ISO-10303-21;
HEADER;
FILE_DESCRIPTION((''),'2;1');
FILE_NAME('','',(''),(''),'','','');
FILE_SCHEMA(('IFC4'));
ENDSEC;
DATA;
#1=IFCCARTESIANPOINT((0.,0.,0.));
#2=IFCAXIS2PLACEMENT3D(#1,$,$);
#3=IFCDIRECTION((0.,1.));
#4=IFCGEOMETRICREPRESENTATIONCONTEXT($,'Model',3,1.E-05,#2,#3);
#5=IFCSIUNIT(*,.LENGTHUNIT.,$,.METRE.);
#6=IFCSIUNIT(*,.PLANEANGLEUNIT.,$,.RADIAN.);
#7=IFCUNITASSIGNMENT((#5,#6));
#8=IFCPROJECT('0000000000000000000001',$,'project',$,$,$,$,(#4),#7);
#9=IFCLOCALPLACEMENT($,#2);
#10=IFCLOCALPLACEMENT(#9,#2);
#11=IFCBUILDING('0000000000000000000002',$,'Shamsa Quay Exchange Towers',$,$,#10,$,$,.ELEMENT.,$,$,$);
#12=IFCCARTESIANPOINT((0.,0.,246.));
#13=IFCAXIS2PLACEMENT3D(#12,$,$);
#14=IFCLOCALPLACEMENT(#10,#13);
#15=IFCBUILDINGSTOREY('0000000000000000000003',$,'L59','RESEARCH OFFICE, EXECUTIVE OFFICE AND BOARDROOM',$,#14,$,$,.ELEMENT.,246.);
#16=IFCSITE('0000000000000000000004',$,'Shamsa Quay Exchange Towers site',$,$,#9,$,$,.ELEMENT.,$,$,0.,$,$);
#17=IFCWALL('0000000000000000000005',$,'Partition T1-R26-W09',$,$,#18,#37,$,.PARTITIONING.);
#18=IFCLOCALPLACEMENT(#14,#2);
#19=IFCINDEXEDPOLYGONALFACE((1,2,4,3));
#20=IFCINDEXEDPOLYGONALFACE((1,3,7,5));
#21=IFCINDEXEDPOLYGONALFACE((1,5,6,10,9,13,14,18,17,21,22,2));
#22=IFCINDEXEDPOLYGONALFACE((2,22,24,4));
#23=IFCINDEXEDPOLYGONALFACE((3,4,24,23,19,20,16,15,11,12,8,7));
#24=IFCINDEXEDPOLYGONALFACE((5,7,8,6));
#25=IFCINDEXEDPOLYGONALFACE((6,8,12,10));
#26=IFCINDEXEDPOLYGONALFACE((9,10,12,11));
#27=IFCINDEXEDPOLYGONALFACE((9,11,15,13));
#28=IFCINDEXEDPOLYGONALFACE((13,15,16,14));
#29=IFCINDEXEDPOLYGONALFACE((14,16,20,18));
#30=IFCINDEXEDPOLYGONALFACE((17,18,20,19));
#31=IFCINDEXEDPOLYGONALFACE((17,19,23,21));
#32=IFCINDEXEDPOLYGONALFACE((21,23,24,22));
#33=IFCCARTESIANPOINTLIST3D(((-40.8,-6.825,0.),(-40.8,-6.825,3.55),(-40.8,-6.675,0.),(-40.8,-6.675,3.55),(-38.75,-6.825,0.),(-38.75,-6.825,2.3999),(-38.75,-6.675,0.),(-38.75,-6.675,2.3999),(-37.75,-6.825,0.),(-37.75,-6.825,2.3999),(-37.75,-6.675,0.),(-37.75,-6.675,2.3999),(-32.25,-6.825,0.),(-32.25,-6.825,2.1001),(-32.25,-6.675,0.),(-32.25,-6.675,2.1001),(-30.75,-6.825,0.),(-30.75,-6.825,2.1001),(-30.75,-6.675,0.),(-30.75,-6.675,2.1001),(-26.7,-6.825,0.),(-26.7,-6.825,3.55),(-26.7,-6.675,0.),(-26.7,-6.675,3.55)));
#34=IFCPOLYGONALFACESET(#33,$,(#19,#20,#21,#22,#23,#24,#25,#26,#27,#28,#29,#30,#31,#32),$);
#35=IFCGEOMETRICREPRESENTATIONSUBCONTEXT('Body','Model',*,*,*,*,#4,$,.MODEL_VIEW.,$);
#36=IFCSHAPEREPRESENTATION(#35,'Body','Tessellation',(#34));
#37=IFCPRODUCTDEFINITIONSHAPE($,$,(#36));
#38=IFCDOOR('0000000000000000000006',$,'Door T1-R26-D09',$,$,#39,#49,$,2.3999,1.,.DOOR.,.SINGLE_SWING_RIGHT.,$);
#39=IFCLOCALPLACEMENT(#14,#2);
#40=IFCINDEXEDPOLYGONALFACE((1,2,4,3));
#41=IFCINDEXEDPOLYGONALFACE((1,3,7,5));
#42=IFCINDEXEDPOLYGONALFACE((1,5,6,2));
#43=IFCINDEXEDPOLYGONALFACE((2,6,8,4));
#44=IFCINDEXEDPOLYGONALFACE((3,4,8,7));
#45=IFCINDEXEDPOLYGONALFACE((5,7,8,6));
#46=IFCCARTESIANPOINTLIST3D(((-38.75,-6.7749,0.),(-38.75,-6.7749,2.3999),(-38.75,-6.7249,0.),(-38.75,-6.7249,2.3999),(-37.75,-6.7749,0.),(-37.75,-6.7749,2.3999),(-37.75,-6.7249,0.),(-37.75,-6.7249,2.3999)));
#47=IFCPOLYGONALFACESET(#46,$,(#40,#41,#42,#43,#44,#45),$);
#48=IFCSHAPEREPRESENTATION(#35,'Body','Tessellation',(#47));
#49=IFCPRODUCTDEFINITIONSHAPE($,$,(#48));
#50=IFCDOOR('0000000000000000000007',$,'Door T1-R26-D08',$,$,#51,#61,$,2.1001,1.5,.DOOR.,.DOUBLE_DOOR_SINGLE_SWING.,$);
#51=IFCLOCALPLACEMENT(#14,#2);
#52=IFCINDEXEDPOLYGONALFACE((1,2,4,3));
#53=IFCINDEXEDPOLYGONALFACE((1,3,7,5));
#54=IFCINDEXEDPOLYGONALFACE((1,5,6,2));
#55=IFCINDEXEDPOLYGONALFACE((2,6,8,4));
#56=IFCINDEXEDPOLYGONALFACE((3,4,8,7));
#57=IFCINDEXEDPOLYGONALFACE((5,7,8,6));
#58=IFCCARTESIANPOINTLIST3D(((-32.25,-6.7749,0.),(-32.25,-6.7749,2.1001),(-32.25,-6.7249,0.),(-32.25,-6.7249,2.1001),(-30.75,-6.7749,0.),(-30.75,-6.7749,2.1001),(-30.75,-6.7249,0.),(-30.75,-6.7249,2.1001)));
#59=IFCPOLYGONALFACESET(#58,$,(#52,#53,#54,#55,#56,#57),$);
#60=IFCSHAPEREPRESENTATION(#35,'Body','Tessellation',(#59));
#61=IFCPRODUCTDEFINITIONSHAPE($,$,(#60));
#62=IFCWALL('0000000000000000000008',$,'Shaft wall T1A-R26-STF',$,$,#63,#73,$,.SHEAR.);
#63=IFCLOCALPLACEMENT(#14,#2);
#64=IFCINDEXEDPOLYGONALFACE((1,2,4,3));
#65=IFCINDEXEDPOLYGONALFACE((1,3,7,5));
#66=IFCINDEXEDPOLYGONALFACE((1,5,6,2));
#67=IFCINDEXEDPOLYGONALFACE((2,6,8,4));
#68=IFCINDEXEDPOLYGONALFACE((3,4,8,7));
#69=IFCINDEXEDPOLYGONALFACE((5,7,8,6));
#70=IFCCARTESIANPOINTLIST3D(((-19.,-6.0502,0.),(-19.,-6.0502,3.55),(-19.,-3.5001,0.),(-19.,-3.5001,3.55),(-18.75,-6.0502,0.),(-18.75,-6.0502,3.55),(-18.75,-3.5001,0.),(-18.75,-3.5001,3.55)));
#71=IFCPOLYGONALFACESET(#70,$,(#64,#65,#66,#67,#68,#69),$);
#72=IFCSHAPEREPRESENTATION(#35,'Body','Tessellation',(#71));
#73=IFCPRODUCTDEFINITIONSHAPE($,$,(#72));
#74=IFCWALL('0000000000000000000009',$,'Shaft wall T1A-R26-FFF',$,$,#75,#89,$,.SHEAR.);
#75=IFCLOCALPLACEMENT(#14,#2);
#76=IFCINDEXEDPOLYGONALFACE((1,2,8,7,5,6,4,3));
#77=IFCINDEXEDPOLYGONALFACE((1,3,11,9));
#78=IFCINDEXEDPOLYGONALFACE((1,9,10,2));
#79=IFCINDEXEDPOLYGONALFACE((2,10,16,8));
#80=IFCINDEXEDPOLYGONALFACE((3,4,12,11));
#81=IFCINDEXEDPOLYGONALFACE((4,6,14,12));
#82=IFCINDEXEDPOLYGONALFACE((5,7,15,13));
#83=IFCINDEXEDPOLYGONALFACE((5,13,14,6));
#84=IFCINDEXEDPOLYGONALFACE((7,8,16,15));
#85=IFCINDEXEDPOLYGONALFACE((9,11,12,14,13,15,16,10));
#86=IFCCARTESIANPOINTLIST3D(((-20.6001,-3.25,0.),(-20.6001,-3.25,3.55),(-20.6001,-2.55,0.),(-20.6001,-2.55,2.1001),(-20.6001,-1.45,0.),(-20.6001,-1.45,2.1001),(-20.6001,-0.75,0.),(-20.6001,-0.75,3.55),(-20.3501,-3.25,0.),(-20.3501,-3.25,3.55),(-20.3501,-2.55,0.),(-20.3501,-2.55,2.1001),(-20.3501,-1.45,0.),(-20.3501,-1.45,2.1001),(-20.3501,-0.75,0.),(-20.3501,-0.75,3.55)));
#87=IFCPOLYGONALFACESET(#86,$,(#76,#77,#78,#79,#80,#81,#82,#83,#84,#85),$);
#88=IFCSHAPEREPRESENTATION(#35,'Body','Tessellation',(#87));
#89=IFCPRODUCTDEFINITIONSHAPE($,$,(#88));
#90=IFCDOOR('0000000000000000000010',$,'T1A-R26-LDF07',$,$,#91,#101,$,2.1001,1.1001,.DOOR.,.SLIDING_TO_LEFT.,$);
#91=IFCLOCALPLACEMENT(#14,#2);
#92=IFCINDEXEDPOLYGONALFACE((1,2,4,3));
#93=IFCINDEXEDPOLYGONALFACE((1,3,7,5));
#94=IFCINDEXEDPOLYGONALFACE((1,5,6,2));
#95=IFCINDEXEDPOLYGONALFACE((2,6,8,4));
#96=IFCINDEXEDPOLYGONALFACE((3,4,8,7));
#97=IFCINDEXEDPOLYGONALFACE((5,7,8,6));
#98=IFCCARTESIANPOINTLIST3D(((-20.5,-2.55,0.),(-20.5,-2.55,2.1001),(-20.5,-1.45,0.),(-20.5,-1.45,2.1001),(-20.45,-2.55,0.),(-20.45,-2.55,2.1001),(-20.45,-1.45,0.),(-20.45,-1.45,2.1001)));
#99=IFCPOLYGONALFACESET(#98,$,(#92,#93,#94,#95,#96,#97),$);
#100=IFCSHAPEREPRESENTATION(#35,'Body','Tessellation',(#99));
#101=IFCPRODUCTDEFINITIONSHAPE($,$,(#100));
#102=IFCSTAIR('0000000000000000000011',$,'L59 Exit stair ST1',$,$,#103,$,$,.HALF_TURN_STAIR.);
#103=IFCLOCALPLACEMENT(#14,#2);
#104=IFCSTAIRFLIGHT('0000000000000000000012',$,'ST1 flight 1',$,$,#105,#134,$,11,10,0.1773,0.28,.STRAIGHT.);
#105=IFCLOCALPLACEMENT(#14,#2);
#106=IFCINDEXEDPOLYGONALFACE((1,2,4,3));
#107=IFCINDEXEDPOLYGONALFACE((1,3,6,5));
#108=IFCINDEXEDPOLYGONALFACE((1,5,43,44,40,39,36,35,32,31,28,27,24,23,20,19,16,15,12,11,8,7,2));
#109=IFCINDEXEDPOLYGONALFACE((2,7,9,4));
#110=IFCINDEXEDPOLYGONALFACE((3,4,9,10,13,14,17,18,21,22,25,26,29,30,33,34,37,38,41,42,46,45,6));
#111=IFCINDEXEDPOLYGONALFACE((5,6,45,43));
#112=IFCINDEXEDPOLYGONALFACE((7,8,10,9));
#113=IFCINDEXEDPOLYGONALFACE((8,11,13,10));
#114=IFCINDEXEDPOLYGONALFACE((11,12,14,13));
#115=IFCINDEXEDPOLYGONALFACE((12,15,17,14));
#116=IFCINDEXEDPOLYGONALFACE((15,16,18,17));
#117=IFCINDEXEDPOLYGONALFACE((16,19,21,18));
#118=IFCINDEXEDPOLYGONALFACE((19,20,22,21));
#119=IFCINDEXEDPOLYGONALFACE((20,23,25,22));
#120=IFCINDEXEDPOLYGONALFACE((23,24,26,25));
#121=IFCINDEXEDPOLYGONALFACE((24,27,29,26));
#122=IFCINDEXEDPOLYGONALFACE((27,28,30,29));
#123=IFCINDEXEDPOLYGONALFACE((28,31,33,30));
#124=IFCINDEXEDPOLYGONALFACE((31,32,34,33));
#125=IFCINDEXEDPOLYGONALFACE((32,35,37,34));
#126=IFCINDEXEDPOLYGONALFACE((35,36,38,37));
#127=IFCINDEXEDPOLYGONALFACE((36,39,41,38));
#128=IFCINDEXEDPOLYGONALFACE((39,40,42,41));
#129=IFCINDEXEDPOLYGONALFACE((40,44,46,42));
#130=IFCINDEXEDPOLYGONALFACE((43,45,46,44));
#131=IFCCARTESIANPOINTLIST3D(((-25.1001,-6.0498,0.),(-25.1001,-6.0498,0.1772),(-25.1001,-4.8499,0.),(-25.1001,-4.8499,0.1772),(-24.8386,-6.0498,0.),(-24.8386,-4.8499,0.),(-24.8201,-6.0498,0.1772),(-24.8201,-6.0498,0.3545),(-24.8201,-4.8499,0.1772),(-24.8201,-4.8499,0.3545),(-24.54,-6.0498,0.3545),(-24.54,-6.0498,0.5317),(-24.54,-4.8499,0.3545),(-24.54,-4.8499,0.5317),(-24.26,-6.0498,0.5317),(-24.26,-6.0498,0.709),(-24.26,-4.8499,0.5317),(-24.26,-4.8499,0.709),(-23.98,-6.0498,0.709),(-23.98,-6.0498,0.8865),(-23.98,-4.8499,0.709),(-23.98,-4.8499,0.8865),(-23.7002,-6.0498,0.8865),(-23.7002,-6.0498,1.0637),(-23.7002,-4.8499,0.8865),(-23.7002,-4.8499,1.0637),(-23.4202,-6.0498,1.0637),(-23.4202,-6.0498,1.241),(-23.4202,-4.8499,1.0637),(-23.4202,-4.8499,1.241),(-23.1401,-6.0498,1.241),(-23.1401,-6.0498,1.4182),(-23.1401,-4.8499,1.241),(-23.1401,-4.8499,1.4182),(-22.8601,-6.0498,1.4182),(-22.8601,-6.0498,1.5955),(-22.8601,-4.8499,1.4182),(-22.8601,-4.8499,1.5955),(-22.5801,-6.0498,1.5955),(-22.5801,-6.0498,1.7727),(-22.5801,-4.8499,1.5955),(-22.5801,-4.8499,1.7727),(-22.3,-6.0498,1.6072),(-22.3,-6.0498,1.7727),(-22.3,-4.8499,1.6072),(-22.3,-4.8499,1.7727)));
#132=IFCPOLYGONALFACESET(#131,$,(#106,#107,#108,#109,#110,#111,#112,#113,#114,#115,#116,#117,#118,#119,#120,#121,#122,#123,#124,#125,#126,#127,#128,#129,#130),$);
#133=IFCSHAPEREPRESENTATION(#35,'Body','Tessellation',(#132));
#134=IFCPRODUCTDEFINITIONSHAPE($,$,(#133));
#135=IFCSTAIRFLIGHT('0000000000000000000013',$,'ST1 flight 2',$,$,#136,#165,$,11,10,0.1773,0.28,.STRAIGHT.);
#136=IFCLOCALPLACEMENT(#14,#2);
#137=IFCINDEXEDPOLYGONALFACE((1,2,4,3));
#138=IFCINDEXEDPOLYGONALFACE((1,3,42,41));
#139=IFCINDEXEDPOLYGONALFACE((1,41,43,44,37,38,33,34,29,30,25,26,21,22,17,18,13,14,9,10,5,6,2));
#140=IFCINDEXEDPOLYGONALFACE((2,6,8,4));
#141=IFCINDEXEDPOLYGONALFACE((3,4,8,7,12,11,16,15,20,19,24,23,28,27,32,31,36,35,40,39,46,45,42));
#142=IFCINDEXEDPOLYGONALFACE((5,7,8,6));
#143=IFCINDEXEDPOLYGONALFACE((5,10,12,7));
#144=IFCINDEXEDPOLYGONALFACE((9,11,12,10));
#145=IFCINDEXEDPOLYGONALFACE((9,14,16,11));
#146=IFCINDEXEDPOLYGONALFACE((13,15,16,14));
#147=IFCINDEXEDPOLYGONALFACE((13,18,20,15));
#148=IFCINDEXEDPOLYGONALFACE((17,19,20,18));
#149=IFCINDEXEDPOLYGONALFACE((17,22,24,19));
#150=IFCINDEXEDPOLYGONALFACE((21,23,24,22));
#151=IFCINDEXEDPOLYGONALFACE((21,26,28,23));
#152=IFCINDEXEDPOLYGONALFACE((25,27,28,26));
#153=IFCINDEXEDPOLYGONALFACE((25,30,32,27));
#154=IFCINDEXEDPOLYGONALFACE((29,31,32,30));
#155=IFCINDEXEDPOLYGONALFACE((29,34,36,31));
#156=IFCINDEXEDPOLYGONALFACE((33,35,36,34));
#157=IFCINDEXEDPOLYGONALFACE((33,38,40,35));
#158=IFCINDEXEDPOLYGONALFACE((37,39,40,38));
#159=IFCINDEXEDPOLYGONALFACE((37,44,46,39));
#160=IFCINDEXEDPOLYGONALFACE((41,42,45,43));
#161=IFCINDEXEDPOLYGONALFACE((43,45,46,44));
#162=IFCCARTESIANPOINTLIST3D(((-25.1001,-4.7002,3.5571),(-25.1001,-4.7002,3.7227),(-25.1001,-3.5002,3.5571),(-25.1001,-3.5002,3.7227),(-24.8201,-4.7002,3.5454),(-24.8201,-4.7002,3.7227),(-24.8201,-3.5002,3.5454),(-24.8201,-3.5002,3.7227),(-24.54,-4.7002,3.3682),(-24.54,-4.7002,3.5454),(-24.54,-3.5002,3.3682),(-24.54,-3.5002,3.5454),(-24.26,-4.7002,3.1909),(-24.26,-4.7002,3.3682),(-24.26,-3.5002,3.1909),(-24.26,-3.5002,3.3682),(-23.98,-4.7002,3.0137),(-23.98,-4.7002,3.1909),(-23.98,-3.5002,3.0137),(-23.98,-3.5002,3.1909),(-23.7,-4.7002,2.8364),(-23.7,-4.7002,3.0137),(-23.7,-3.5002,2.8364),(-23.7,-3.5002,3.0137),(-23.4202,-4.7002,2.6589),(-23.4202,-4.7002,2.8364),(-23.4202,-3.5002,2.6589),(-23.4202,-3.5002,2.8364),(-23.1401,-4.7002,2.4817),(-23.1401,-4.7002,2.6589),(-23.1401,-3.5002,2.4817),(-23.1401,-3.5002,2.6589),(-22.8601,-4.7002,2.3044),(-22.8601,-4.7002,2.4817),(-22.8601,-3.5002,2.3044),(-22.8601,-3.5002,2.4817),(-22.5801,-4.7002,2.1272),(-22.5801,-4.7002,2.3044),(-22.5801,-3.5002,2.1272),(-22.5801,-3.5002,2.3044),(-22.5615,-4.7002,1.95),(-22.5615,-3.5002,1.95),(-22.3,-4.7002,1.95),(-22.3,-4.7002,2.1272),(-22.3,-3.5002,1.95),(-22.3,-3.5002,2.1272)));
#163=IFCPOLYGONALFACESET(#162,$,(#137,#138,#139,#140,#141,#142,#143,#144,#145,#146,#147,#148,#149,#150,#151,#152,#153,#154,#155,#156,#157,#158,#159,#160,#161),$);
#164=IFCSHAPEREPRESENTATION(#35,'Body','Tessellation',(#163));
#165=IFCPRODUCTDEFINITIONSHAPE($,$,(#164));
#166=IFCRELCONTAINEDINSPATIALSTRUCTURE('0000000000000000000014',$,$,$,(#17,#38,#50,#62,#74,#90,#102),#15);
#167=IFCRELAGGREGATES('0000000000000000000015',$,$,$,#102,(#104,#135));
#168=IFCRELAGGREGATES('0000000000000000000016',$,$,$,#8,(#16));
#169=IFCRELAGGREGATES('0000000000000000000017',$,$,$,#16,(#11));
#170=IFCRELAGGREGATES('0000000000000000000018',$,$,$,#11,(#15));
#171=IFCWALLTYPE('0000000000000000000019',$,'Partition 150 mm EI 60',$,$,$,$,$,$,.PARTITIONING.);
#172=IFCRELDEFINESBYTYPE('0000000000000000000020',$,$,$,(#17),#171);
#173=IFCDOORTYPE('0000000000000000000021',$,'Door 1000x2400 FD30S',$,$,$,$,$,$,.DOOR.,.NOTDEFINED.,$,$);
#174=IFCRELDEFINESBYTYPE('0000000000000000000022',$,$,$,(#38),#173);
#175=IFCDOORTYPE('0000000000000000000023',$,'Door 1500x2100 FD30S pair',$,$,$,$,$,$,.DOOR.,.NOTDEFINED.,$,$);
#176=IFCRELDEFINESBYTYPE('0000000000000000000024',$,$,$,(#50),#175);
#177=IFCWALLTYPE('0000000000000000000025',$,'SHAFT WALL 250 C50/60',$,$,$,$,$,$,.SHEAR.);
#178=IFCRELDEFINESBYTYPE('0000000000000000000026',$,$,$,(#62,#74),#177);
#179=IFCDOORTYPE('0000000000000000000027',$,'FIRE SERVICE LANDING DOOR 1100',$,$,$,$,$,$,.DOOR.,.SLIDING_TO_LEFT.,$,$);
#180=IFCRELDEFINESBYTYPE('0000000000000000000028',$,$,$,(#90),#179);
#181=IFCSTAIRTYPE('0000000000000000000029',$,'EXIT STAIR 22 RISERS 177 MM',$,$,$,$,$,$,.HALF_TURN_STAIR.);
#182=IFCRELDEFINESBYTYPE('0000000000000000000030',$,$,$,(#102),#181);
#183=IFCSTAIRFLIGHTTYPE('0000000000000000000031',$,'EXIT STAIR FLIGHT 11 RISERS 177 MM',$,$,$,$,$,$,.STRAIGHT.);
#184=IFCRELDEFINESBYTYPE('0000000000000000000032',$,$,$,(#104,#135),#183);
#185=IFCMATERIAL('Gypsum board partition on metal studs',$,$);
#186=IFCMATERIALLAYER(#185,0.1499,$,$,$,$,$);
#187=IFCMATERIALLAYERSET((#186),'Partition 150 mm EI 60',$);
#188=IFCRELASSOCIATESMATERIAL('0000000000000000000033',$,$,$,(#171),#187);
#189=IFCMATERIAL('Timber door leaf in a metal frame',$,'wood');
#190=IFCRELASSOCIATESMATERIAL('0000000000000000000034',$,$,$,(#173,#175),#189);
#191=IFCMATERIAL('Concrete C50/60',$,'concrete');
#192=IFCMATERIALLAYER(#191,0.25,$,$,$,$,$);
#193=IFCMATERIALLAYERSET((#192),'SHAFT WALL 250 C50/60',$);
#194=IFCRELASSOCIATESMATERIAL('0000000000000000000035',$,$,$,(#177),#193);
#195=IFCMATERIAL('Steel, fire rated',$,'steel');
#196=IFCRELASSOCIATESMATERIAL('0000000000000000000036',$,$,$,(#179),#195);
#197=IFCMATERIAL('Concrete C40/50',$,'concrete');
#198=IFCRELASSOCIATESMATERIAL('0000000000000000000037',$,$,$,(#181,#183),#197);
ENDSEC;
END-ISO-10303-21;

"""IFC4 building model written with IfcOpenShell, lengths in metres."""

from ifc_helpers import new_model, si_unit, direction, frame, frame_2d, origin, place, context, subcontext, project, spatial, polyline, rectangle, outline, extrude, material, layer, layer_set, type_object, element, fill, aggregate, save


model = new_model("IFC4")

# Units and contexts
model_context = context("Model", 3, precision=1e-05, world=origin(), true_north=direction((0.0, 1.0)))
body_context = subcontext(model_context, "Body", "Model", "MODEL_VIEW")
ifc_project = project(units=[si_unit("LENGTHUNIT", "METRE"), si_unit("PLANEANGLEUNIT", "RADIAN")], contexts=[model_context])

# Site, building, storey
site_placement = place(None, origin())
site = spatial("IfcSite", under=ifc_project, at=site_placement, Name="Shamsa Quay Exchange Towers site", CompositionType="ELEMENT", RefElevation=0.0)
building_placement = place(site_placement, origin())
building = spatial("IfcBuilding", under=site, at=building_placement, Name="Shamsa Quay Exchange Towers", CompositionType="ELEMENT")
storey_placement = place(building_placement, frame((0.0, 0.0, 246.0)))
storey = spatial("IfcBuildingStorey", under=building, at=storey_placement, Name="L59", Description="RESEARCH OFFICE, EXECUTIVE OFFICE AND BOARDROOM", CompositionType="ELEMENT", Elevation=246.0)

# Wall, openings, doors
ifc_material_1 = material(Name="Gypsum board partition on metal studs")
ifc_layer_1 = layer(ifc_material_1, 0.1499)
ifc_layer_set_1 = layer_set([ifc_layer_1], Name="Partition 150 mm EI 60")
wall_type_1 = type_object("IfcWallType", Name="Partition 150 mm EI 60", PredefinedType="PARTITIONING", material=ifc_layer_set_1)
wall_1_placement = place(storey_placement, frame((-26.7, -6.75, 0.0), z_axis=(0.0, 0.0, 1.0), x_axis=(-1.0, 0.0, 0.0)))
wall_1 = element("IfcWall", 1, at=wall_1_placement, inside=storey, type_object=wall_type_1, Name="Partition T1-R26-W09", PredefinedType="PARTITIONING", context=body_context, shape_type="SweptSolid", body=[
    extrude(rectangle(XDim=14.1001, YDim=0.1499, at=frame_2d((7.05, 0.0))), origin(), (0.0, 0.0, 1.0), 3.55),
])
opening_1_placement = place(wall_1_placement, frame((4.05, 0.0, 0.0)))
opening_1 = element("IfcOpeningElement", 2, at=opening_1_placement, cuts=wall_1, PredefinedType="OPENING", context=body_context, shape_type="SweptSolid", body=[
    extrude(rectangle(XDim=1.5, YDim=2.1001, at=frame_2d((0.75, 1.05))), frame((0.0, 0.085, 0.0), z_axis=(0.0, -1.0, 0.0), x_axis=(1.0, 0.0, 0.0)), (0.0, 0.0, 1.0), 0.1699),
])
opening_2_placement = place(wall_1_placement, frame((11.05, 0.0, 0.0)))
opening_2 = element("IfcOpeningElement", 3, at=opening_2_placement, cuts=wall_1, PredefinedType="OPENING", context=body_context, shape_type="SweptSolid", body=[
    extrude(rectangle(XDim=1.0, YDim=2.3999, at=frame_2d((0.5, 1.2))), frame((0.0, 0.085, 0.0), z_axis=(0.0, -1.0, 0.0), x_axis=(1.0, 0.0, 0.0)), (0.0, 0.0, 1.0), 0.1699),
])
ifc_material_2 = material(Name="Timber door leaf in a metal frame", Category="wood")
door_type_1 = type_object("IfcDoorType", Name="Door 1000x2400 FD30S", OperationType="NOTDEFINED", PredefinedType="DOOR", material=ifc_material_2)
door_1_placement = place(opening_2_placement, origin())
door_1 = element("IfcDoor", 4, at=door_1_placement, inside=storey, type_object=door_type_1, Name="Door T1-R26-D09", OperationType="SINGLE_SWING_RIGHT", OverallHeight=2.3999, OverallWidth=1.0, PredefinedType="DOOR", context=body_context, shape_type="SweptSolid", body=[
    extrude(rectangle(XDim=1.0, YDim=2.3999, at=frame_2d((0.5, 1.2))), frame((0.0, 0.0249, 0.0), z_axis=(0.0, -1.0, 0.0), x_axis=(1.0, 0.0, 0.0)), (0.0, 0.0, 1.0), 0.05),
])
fill(opening_2, door_1)
door_type_2 = type_object("IfcDoorType", Name="Door 1500x2100 FD30S pair", OperationType="NOTDEFINED", PredefinedType="DOOR", material=ifc_material_2)
door_2_placement = place(opening_1_placement, origin())
door_2 = element("IfcDoor", 5, at=door_2_placement, inside=storey, type_object=door_type_2, Name="Door T1-R26-D08", OperationType="DOUBLE_DOOR_SINGLE_SWING", OverallHeight=2.1001, OverallWidth=1.5, PredefinedType="DOOR", context=body_context, shape_type="SweptSolid", body=[
    extrude(rectangle(XDim=1.5, YDim=2.1001, at=frame_2d((0.75, 1.05))), frame((0.0, 0.0249, 0.0), z_axis=(0.0, -1.0, 0.0), x_axis=(1.0, 0.0, 0.0)), (0.0, 0.0, 1.0), 0.05),
])
fill(opening_1, door_2)

# Wall
ifc_material_3 = material(Name="Concrete C50/60", Category="concrete")
ifc_layer_2 = layer(ifc_material_3, 0.25)
ifc_layer_set_2 = layer_set([ifc_layer_2], Name="SHAFT WALL 250 C50/60")
wall_type_2 = type_object("IfcWallType", Name="SHAFT WALL 250 C50/60", PredefinedType="SHEAR", material=ifc_layer_set_2)
wall_2_placement = place(storey_placement, frame((-18.875, -6.05, 0.0), z_axis=(0.0, 0.0, 1.0), x_axis=(0.0, 1.0, 0.0)))
element("IfcWall", 6, at=wall_2_placement, inside=storey, type_object=wall_type_2, Name="Shaft wall T1A-R26-STF", PredefinedType="SHEAR", context=body_context, shape_type="SweptSolid", body=[
    extrude(rectangle(XDim=2.55, YDim=0.25, at=frame_2d((1.2749, 0.0))), origin(), (0.0, 0.0, 1.0), 3.55),
])

# Wall, opening, door
wall_3_placement = place(storey_placement, frame((-20.4751, -3.25, 0.0), z_axis=(0.0, 0.0, 1.0), x_axis=(0.0, 1.0, 0.0)))
wall_3 = element("IfcWall", 7, at=wall_3_placement, inside=storey, type_object=wall_type_2, Name="Shaft wall T1A-R26-FFF", PredefinedType="SHEAR", context=body_context, shape_type="SweptSolid", body=[
    extrude(rectangle(XDim=2.5, YDim=0.25, at=frame_2d((1.25, 0.0))), origin(), (0.0, 0.0, 1.0), 3.55),
])
opening_3_placement = place(wall_3_placement, frame((0.7, 0.0, 0.0)))
opening_3 = element("IfcOpeningElement", 8, at=opening_3_placement, cuts=wall_3, PredefinedType="OPENING", context=body_context, shape_type="SweptSolid", body=[
    extrude(rectangle(XDim=1.1001, YDim=2.1001, at=frame_2d((0.55, 1.05))), frame((0.0, 0.135, 0.0), z_axis=(0.0, -1.0, 0.0), x_axis=(1.0, 0.0, 0.0)), (0.0, 0.0, 1.0), 0.27),
])
ifc_material_4 = material(Name="Steel, fire rated", Category="steel")
door_type_3 = type_object("IfcDoorType", Name="FIRE SERVICE LANDING DOOR 1100", OperationType="SLIDING_TO_LEFT", PredefinedType="DOOR", material=ifc_material_4)
door_3_placement = place(opening_3_placement, origin())
door_3 = element("IfcDoor", 9, at=door_3_placement, inside=storey, type_object=door_type_3, Name="T1A-R26-LDF07", OperationType="SLIDING_TO_LEFT", OverallHeight=2.1001, OverallWidth=1.1001, PredefinedType="DOOR", context=body_context, shape_type="SweptSolid", body=[
    extrude(rectangle(XDim=1.1001, YDim=2.1001, at=frame_2d((0.55, 1.05))), frame((0.0, 0.0249, 0.0), z_axis=(0.0, -1.0, 0.0), x_axis=(1.0, 0.0, 0.0)), (0.0, 0.0, 1.0), 0.05),
])
fill(opening_3, door_3)

# Stair, stair flights
ifc_material_5 = material(Name="Concrete C40/50", Category="concrete")
stair_type = type_object("IfcStairType", Name="EXIT STAIR 22 RISERS 177 MM", PredefinedType="HALF_TURN_STAIR", material=ifc_material_5)
stair_placement = place(storey_placement, origin())
stair = element("IfcStair", 10, at=stair_placement, inside=storey, type_object=stair_type, Name="L59 Exit stair ST1", PredefinedType="HALF_TURN_STAIR")
stair_flight_type = type_object("IfcStairFlightType", Name="EXIT STAIR FLIGHT 11 RISERS 177 MM", PredefinedType="STRAIGHT", material=ifc_material_5)
stair_flight_1_placement = place(storey_placement, frame((-25.1001, -5.45, 0.0)))
stair_flight_1 = element("IfcStairFlight", 11, at=stair_flight_1_placement, type_object=stair_flight_type, Name="ST1 flight 1", NumberOfRisers=11, NumberOfTreads=10, PredefinedType="STRAIGHT", RiserHeight=0.1773, TreadLength=0.28, context=body_context, shape_type="SweptSolid", body=[
    extrude(outline(polyline([(0.0, 0.0), (0.0, 0.1772), (0.28, 0.1772), (0.28, 0.3545), (0.5601, 0.3545), (0.5601, 0.5317), (0.8401, 0.5317), (0.8401, 0.709), (1.1201, 0.709), (1.1201, 0.8865), (1.3999, 0.8865), (1.3999, 1.0637), (1.6799, 1.0637), (1.6799, 1.241), (1.96, 1.241), (1.96, 1.4182), (2.24, 1.4182), (2.24, 1.5955), (2.52, 1.5955), (2.52, 1.7727), (2.8, 1.7727), (2.8, 1.95), (2.8, 1.6072), (0.2615, 0.0), (0.0, 0.0)])), frame((0.0, 0.6001, 0.0), z_axis=(0.0, -1.0, 0.0), x_axis=(1.0, 0.0, 0.0)), (0.0, 0.0, 1.0), 1.2),
])
stair_flight_2_placement = place(storey_placement, frame((-22.3, -4.1001, 1.95), z_axis=(0.0, 0.0, 1.0), x_axis=(-1.0, 0.0, 0.0)))
stair_flight_2 = element("IfcStairFlight", 12, at=stair_flight_2_placement, type_object=stair_flight_type, Name="ST1 flight 2", NumberOfRisers=11, NumberOfTreads=10, PredefinedType="STRAIGHT", RiserHeight=0.1773, TreadLength=0.28, context=body_context, shape_type="SweptSolid", body=[
    extrude(outline(polyline([(0.0, 0.0), (0.0, 0.1772), (0.28, 0.1772), (0.28, 0.3545), (0.5601, 0.3545), (0.5601, 0.5317), (0.8401, 0.5317), (0.8401, 0.709), (1.1201, 0.709), (1.1201, 0.8865), (1.3999, 0.8865), (1.3999, 1.0637), (1.6799, 1.0637), (1.6799, 1.241), (1.96, 1.241), (1.96, 1.4182), (2.24, 1.4182), (2.24, 1.5955), (2.52, 1.5955), (2.52, 1.7727), (2.8, 1.7727), (2.8, 1.95), (2.8, 1.6072), (0.2615, 0.0), (0.0, 0.0)])), frame((0.0, 0.6001, 0.0), z_axis=(0.0, -1.0, 0.0), x_axis=(1.0, 0.0, 0.0)), (0.0, 0.0, 1.0), 1.2),
])
aggregate(stair, [stair_flight_1, stair_flight_2])

save(model, "model.ifc")
